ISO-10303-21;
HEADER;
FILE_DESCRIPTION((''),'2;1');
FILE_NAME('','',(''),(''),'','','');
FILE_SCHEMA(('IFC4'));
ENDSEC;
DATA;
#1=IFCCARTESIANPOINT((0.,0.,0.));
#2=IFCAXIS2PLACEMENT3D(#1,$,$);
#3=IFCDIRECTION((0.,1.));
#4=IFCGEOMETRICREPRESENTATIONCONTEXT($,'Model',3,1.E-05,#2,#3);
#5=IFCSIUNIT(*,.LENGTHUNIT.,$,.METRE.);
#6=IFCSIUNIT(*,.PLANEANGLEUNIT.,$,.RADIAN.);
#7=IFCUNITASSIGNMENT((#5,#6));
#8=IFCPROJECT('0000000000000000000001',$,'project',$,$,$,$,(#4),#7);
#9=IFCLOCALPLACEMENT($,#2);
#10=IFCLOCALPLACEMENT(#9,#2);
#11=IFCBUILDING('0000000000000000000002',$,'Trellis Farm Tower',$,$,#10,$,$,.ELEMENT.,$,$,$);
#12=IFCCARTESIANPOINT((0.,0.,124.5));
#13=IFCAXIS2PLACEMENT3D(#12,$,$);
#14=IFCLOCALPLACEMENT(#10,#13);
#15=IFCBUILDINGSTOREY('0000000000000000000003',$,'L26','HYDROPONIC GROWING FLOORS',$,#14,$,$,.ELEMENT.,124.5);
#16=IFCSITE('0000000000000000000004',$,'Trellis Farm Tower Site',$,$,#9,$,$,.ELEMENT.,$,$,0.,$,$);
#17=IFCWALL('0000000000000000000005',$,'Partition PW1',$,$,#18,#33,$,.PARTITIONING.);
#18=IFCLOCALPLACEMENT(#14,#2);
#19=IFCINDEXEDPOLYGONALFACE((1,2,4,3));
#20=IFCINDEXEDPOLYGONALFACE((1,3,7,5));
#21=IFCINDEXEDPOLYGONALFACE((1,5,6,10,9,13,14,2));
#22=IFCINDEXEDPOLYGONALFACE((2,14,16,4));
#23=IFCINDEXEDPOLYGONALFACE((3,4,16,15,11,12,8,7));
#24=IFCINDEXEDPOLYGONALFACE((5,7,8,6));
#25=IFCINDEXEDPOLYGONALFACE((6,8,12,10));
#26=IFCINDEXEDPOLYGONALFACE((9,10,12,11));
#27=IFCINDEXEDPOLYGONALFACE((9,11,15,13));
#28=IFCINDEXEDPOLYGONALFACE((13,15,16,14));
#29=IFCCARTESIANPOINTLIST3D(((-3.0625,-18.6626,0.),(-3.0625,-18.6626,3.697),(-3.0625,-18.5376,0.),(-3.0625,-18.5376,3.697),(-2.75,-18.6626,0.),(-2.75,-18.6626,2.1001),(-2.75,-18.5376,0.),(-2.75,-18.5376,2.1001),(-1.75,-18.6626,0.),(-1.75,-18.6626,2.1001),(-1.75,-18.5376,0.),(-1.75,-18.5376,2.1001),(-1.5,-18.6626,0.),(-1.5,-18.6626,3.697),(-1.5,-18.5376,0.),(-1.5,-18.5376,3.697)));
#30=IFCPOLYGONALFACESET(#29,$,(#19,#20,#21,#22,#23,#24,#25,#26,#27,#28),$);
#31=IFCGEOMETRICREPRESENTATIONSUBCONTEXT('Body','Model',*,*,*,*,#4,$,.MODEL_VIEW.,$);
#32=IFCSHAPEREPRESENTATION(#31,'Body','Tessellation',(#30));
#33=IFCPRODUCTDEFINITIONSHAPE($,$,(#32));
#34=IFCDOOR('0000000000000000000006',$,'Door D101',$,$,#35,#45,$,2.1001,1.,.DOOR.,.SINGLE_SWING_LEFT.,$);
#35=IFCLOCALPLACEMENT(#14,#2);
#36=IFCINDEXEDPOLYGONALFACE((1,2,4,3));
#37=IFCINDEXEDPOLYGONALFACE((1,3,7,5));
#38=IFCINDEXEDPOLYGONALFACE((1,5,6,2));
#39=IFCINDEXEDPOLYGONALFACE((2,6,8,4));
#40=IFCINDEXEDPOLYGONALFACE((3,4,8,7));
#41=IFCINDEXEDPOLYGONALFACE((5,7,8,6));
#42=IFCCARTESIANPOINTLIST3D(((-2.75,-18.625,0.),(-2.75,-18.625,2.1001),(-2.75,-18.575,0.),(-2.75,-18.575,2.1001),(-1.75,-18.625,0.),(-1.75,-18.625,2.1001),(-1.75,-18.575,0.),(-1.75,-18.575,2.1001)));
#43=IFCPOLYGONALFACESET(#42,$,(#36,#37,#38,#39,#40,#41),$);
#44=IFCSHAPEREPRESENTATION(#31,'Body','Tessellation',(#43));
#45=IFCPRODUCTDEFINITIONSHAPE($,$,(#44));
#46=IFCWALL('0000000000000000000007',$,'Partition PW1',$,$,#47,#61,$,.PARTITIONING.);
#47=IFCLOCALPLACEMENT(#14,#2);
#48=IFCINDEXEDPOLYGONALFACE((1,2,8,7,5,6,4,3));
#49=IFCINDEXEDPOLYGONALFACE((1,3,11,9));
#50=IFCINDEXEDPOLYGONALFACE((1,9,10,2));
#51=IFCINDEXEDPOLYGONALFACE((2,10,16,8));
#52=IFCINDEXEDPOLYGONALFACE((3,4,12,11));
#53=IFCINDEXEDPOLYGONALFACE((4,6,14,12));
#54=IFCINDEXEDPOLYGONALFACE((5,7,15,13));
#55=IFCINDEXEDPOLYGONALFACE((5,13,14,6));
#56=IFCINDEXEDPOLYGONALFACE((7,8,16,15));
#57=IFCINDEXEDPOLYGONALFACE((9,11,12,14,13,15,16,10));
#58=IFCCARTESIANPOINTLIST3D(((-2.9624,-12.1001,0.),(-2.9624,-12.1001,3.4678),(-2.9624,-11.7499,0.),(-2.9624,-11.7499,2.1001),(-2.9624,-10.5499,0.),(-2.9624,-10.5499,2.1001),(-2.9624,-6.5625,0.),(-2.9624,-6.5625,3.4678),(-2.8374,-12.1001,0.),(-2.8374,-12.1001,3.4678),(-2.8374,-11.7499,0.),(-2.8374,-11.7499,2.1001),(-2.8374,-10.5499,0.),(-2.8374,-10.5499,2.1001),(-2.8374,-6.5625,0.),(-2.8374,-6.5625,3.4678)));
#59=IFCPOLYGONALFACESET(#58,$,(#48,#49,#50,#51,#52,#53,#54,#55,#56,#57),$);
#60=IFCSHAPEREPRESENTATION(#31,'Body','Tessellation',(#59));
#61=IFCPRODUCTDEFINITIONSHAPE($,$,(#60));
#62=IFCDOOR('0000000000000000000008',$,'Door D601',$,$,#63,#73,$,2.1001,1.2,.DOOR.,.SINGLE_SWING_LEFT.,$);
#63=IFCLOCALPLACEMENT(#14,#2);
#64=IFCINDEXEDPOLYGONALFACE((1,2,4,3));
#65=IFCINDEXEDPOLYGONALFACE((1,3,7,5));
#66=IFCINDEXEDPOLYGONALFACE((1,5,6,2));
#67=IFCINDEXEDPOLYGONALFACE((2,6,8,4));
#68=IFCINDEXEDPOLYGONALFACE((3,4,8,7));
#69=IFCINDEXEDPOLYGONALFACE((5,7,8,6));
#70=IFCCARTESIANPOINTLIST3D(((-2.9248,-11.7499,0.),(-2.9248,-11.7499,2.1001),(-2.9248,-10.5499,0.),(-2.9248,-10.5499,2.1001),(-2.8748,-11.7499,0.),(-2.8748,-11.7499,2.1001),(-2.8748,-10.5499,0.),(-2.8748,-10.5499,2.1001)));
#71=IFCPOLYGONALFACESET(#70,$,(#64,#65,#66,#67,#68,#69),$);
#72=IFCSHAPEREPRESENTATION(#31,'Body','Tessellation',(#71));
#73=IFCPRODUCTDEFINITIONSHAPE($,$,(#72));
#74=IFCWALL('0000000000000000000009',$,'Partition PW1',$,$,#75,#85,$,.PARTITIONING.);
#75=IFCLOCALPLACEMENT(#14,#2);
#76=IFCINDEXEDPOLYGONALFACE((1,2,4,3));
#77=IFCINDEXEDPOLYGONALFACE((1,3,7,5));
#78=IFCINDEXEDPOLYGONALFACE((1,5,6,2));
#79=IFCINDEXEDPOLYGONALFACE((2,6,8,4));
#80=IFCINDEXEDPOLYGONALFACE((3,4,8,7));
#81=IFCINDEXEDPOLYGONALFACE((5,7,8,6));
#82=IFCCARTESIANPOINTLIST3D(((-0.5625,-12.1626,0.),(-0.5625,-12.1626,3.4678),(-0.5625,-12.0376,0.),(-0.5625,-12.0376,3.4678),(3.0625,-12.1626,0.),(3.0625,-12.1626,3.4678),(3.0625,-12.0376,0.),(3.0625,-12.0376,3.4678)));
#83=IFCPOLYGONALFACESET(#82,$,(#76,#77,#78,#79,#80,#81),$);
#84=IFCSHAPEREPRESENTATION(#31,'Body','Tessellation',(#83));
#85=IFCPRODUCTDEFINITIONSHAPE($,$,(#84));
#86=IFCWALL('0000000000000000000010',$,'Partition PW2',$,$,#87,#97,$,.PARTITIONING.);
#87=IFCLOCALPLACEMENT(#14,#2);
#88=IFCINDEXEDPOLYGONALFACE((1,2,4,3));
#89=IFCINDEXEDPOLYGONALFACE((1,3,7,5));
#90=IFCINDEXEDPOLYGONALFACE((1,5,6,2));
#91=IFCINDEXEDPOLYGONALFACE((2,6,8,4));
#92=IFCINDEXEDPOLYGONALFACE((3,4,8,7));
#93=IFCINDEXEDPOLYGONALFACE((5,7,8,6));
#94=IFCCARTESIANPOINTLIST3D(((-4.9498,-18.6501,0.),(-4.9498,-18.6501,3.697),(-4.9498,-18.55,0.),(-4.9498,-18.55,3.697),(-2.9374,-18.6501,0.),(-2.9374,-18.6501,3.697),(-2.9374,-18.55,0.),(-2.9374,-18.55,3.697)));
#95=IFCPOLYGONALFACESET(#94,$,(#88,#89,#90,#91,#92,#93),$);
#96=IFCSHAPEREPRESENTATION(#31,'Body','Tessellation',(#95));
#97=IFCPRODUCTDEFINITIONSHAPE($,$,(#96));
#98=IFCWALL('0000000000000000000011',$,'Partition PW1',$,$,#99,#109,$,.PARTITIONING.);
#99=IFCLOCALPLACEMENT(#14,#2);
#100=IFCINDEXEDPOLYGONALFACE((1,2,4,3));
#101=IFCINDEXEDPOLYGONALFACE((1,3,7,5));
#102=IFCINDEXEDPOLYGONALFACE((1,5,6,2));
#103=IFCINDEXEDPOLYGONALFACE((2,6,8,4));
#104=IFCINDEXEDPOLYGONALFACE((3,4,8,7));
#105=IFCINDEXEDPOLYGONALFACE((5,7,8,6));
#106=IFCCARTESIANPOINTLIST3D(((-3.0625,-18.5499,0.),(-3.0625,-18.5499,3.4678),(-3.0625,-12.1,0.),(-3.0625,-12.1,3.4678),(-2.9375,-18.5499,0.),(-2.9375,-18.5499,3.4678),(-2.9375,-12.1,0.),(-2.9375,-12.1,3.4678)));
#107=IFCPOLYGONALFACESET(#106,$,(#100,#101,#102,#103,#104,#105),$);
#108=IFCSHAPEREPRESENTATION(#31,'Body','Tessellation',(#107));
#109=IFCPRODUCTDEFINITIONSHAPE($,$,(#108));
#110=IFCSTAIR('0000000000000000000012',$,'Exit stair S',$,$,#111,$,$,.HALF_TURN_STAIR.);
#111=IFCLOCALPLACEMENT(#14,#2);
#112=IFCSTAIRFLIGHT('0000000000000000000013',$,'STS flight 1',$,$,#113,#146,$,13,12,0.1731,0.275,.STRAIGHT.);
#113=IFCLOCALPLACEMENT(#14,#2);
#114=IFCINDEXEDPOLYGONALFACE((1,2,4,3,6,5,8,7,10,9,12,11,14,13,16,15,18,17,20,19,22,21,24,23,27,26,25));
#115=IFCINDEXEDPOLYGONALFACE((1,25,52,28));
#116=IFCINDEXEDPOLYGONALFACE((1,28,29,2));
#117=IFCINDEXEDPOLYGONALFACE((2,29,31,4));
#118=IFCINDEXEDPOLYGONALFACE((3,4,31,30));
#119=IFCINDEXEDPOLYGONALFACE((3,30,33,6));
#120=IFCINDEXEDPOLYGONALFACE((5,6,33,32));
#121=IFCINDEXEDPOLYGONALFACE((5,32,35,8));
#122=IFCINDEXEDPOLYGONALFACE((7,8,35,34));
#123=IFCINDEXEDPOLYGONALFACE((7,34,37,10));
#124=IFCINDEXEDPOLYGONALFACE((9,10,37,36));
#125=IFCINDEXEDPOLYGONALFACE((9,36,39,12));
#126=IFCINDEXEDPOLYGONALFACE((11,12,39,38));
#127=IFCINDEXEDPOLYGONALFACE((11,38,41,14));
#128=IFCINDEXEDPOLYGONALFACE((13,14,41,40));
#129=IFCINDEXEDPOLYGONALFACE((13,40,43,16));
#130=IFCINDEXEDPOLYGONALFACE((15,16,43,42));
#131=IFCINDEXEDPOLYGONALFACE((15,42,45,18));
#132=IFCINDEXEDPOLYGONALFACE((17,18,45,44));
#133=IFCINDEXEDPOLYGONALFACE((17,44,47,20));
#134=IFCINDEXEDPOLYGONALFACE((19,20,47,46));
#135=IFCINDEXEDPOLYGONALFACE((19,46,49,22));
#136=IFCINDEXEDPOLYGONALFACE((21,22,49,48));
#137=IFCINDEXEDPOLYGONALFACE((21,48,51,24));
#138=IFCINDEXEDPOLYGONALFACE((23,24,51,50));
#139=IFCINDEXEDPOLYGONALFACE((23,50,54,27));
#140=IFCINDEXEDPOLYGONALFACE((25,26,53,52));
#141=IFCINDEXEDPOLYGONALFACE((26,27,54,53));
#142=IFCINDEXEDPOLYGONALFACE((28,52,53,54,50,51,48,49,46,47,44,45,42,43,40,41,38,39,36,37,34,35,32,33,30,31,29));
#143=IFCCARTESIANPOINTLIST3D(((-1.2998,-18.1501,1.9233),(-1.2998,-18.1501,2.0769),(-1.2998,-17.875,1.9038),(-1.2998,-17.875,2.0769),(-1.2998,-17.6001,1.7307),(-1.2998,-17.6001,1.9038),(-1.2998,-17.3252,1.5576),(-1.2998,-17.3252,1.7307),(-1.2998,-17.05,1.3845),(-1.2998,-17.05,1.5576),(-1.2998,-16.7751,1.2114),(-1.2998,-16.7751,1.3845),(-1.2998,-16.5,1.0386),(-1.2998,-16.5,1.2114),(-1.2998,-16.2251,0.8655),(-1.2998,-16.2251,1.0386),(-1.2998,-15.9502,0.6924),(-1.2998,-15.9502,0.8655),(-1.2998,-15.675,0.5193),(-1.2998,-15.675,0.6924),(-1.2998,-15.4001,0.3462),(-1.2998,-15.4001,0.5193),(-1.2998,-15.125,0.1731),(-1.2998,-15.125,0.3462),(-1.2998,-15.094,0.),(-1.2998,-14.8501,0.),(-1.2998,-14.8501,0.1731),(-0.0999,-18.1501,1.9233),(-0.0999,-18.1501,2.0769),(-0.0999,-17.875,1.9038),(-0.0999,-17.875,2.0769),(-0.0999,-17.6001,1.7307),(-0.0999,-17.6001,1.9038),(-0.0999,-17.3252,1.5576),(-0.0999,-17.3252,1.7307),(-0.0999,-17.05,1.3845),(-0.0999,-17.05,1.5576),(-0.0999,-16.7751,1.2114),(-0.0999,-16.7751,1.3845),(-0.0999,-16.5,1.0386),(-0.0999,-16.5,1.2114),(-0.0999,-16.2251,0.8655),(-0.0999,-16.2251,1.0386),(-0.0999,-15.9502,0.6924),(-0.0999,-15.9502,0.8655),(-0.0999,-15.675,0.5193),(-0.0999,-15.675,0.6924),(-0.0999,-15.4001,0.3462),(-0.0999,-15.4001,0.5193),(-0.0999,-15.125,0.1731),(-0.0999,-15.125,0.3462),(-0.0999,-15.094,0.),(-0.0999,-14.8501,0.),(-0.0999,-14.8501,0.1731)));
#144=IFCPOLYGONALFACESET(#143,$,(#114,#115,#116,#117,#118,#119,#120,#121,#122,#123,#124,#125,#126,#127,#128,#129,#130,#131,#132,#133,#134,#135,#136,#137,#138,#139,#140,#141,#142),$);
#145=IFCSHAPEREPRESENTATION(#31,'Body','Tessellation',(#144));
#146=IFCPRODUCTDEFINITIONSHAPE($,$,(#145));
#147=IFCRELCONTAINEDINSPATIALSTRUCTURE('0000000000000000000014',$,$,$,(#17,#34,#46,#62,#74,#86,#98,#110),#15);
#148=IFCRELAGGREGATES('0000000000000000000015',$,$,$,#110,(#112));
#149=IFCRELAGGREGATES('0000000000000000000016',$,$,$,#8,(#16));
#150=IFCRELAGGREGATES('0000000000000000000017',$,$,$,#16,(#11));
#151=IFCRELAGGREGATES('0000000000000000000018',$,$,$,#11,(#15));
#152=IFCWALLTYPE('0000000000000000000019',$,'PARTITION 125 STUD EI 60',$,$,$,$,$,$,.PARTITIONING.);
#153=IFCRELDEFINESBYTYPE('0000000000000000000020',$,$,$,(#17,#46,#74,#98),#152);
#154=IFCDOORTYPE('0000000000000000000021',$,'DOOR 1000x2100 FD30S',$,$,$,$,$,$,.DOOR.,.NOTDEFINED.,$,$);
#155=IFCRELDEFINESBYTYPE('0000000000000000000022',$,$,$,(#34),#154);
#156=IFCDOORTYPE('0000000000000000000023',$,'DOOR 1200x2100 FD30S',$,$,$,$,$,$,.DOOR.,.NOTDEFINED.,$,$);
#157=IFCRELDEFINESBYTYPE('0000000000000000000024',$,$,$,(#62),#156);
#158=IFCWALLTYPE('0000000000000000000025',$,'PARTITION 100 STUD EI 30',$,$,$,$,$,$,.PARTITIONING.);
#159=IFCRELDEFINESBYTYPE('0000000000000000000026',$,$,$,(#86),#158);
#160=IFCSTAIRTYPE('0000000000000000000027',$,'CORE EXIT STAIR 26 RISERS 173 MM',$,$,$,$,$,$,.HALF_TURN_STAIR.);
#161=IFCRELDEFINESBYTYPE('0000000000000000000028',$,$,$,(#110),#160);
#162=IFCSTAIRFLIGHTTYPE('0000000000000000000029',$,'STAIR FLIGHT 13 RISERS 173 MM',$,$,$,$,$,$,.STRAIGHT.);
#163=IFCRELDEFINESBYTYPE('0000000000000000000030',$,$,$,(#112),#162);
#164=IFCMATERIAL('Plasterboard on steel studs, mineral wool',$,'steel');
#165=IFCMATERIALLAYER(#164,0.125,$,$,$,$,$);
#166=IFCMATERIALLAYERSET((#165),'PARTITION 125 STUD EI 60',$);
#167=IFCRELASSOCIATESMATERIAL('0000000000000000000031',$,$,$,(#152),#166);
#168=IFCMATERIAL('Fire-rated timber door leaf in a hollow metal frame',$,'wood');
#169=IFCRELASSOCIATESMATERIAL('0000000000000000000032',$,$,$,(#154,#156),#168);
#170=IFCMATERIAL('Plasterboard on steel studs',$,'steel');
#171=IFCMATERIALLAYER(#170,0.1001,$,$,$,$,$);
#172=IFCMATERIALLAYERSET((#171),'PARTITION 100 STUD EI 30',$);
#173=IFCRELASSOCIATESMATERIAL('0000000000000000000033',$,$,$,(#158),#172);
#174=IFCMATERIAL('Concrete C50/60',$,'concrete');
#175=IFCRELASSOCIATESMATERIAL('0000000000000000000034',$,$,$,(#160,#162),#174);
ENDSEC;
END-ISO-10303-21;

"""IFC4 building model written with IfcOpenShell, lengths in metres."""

from ifc_helpers import new_model, si_unit, direction, frame, frame_2d, origin, place, context, subcontext, project, spatial, polyline, rectangle, outline, extrude, source, transform, mapped, material, layer, layer_set, type_object, element, fill, aggregate, save


model = new_model("IFC4")

# Units and contexts
model_context = context("Model", 3, precision=1e-05, world=origin(), true_north=direction((0.0, 1.0)))
body_context = subcontext(model_context, "Body", "Model", "MODEL_VIEW")
ifc_project = project(units=[si_unit("LENGTHUNIT", "METRE"), si_unit("PLANEANGLEUNIT", "RADIAN")], contexts=[model_context])

# Site, building, storey
site_placement = place(None, origin())
site = spatial("IfcSite", under=ifc_project, at=site_placement, Name="Trellis Farm Tower Site", CompositionType="ELEMENT", RefElevation=0.0)
building_placement = place(site_placement, origin())
building = spatial("IfcBuilding", under=site, at=building_placement, Name="Trellis Farm Tower", CompositionType="ELEMENT")
storey_placement = place(building_placement, frame((0.0, 0.0, 124.5)))
storey = spatial("IfcBuildingStorey", under=building, at=storey_placement, Name="L26", Description="HYDROPONIC GROWING FLOORS", CompositionType="ELEMENT", Elevation=124.5)

# Shared definitions
placement = place(storey_placement, origin())

# Walls, openings, doors
ifc_material_1 = material(Name="Plasterboard on steel studs, mineral wool", Category="steel")
ifc_layer_1 = layer(ifc_material_1, 0.125)
ifc_layer_set_1 = layer_set([ifc_layer_1], Name="PARTITION 125 STUD EI 60")
wall_type_1 = type_object("IfcWallType", Name="PARTITION 125 STUD EI 60", PredefinedType="PARTITIONING", material=ifc_layer_set_1)
ifc_material_2 = material(Name="Fire-rated timber door leaf in a hollow metal frame", Category="wood")
shared_shape_1 = source(origin(), body_context, "Body", "SweptSolid", [
    extrude(rectangle(XDim=1.5625, YDim=0.125, at=frame_2d((0.7812, 0.0))), origin(), (0.0, 0.0, 1.0), 3.697),
])
wall_1_placement = place(storey_placement, frame((-1.5, -18.6001, 0.0), z_axis=(0.0, 0.0, 1.0), x_axis=(-1.0, 0.0, 0.0)))
wall_1 = element("IfcWall", 1, at=wall_1_placement, inside=storey, type_object=wall_type_1, Name="Partition PW1", PredefinedType="PARTITIONING", context=body_context, shape_type="MappedRepresentation", body=[
    mapped(shared_shape_1, transform((0.0, 0.0, 0.0))),
])
shared_shape_2 = source(origin(), body_context, "Body", "SweptSolid", [
    extrude(rectangle(XDim=1.0, YDim=2.1001, at=frame_2d((0.5, 1.05))), frame((0.0, 0.0725, 0.0), z_axis=(0.0, -1.0, 0.0), x_axis=(1.0, 0.0, 0.0)), (0.0, 0.0, 1.0), 0.145),
])
opening_1_placement = place(wall_1_placement, frame((0.25, 0.0, 0.0)))
opening_1 = element("IfcOpeningElement", 2, at=opening_1_placement, cuts=wall_1, PredefinedType="OPENING", context=body_context, shape_type="MappedRepresentation", body=[
    mapped(shared_shape_2, transform((0.0, 0.0, 0.0))),
])
door_type_1 = type_object("IfcDoorType", Name="DOOR 1000x2100 FD30S", OperationType="NOTDEFINED", PredefinedType="DOOR", material=ifc_material_2)
shared_shape_3 = source(origin(), body_context, "Body", "SweptSolid", [
    extrude(rectangle(XDim=1.0, YDim=2.1001, at=frame_2d((0.5, 1.05))), frame((0.0, 0.0249, 0.0), z_axis=(0.0, -1.0, 0.0), x_axis=(1.0, 0.0, 0.0)), (0.0, 0.0, 1.0), 0.05),
])
door_1_placement = place(opening_1_placement, origin())
door_1 = element("IfcDoor", 3, at=door_1_placement, inside=storey, type_object=door_type_1, Name="Door D101", OperationType="SINGLE_SWING_LEFT", OverallHeight=2.1001, OverallWidth=1.0, PredefinedType="DOOR", context=body_context, shape_type="MappedRepresentation", body=[
    mapped(shared_shape_3, transform((0.0, 0.0, 0.0))),
])
fill(opening_1, door_1)
shared_shape_4 = source(origin(), body_context, "Body", "SweptSolid", [
    extrude(rectangle(XDim=5.5376, YDim=0.125, at=frame_2d((2.7688, 0.0))), origin(), (0.0, 0.0, 1.0), 3.4678),
])
wall_2_placement = place(storey_placement, frame((-2.8999, -12.1001, 0.0), z_axis=(0.0, 0.0, 1.0), x_axis=(0.0, 1.0, 0.0)))
wall_2 = element("IfcWall", 4, at=wall_2_placement, inside=storey, type_object=wall_type_1, Name="Partition PW1", PredefinedType="PARTITIONING", context=body_context, shape_type="MappedRepresentation", body=[
    mapped(shared_shape_4, transform((0.0, 0.0, 0.0))),
])
shared_shape_5 = source(origin(), body_context, "Body", "SweptSolid", [
    extrude(rectangle(XDim=1.2, YDim=2.1001, at=frame_2d((0.6001, 1.05))), frame((0.0, 0.0725, 0.0), z_axis=(0.0, -1.0, 0.0), x_axis=(1.0, 0.0, 0.0)), (0.0, 0.0, 1.0), 0.145),
])
opening_2_placement = place(wall_2_placement, frame((0.3501, 0.0, 0.0)))
opening_2 = element("IfcOpeningElement", 5, at=opening_2_placement, cuts=wall_2, PredefinedType="OPENING", context=body_context, shape_type="MappedRepresentation", body=[
    mapped(shared_shape_5, transform((0.0, 0.0, 0.0))),
])
door_type_2 = type_object("IfcDoorType", Name="DOOR 1200x2100 FD30S", OperationType="NOTDEFINED", PredefinedType="DOOR", material=ifc_material_2)
shared_shape_6 = source(origin(), body_context, "Body", "SweptSolid", [
    extrude(rectangle(XDim=1.2, YDim=2.1001, at=frame_2d((0.6001, 1.05))), frame((0.0, 0.0249, 0.0), z_axis=(0.0, -1.0, 0.0), x_axis=(1.0, 0.0, 0.0)), (0.0, 0.0, 1.0), 0.05),
])
door_2_placement = place(opening_2_placement, origin())
door_2 = element("IfcDoor", 6, at=door_2_placement, inside=storey, type_object=door_type_2, Name="Door D601", OperationType="SINGLE_SWING_LEFT", OverallHeight=2.1001, OverallWidth=1.2, PredefinedType="DOOR", context=body_context, shape_type="MappedRepresentation", body=[
    mapped(shared_shape_6, transform((0.0, 0.0, 0.0))),
])
fill(opening_2, door_2)

# Walls
shared_shape_7 = source(origin(), body_context, "Body", "SweptSolid", [
    extrude(rectangle(XDim=3.625, YDim=0.125, at=frame_2d((1.8125, 0.0))), origin(), (0.0, 0.0, 1.0), 3.4678),
])
wall_3_placement = place(storey_placement, frame((-0.5625, -12.1001, 0.0), z_axis=(0.0, 0.0, 1.0), x_axis=(1.0, 0.0, 0.0)))
element("IfcWall", 7, at=wall_3_placement, inside=storey, type_object=wall_type_1, Name="Partition PW1", PredefinedType="PARTITIONING", context=body_context, shape_type="MappedRepresentation", body=[
    mapped(shared_shape_7, transform((0.0, 0.0, 0.0))),
])
ifc_material_3 = material(Name="Plasterboard on steel studs", Category="steel")
ifc_layer_2 = layer(ifc_material_3, 0.1001)
ifc_layer_set_2 = layer_set([ifc_layer_2], Name="PARTITION 100 STUD EI 30")
wall_type_2 = type_object("IfcWallType", Name="PARTITION 100 STUD EI 30", PredefinedType="PARTITIONING", material=ifc_layer_set_2)
shared_shape_8 = source(origin(), body_context, "Body", "SweptSolid", [
    extrude(rectangle(XDim=2.0125, YDim=0.1001, at=frame_2d((1.0063, 0.0))), origin(), (0.0, 0.0, 1.0), 3.697),
])
wall_4_placement = place(storey_placement, frame((-4.95, -18.6001, 0.0), z_axis=(0.0, 0.0, 1.0), x_axis=(1.0, 0.0, 0.0)))
element("IfcWall", 8, at=wall_4_placement, inside=storey, type_object=wall_type_2, Name="Partition PW2", PredefinedType="PARTITIONING", context=body_context, shape_type="MappedRepresentation", body=[
    mapped(shared_shape_8, transform((0.0, 0.0, 0.0))),
])
shared_shape_9 = source(origin(), body_context, "Body", "SweptSolid", [
    extrude(rectangle(XDim=6.45, YDim=0.125, at=frame_2d((3.2251, 0.0))), origin(), (0.0, 0.0, 1.0), 3.4678),
])
wall_5_placement = place(storey_placement, frame((-3.0, -18.55, 0.0), z_axis=(0.0, 0.0, 1.0), x_axis=(0.0, 1.0, 0.0)))
element("IfcWall", 9, at=wall_5_placement, inside=storey, type_object=wall_type_1, Name="Partition PW1", PredefinedType="PARTITIONING", context=body_context, shape_type="MappedRepresentation", body=[
    mapped(shared_shape_9, transform((0.0, 0.0, 0.0))),
])

# Stair, stair flight
ifc_material_4 = material(Name="Concrete C50/60", Category="concrete")
stair_type = type_object("IfcStairType", Name="CORE EXIT STAIR 26 RISERS 173 MM", PredefinedType="HALF_TURN_STAIR", material=ifc_material_4)
stair = element("IfcStair", 10, at=placement, inside=storey, type_object=stair_type, Name="Exit stair S", PredefinedType="HALF_TURN_STAIR")
stair_flight_type = type_object("IfcStairFlightType", Name="STAIR FLIGHT 13 RISERS 173 MM", PredefinedType="STRAIGHT", material=ifc_material_4)
shared_shape_10 = source(origin(), body_context, "Body", "SweptSolid", [
    extrude(outline(polyline([(0.0, 0.0), (0.0, 0.1731), (0.2749, 0.1731), (0.2749, 0.3462), (0.55, 0.3462), (0.55, 0.5193), (0.825, 0.5193), (0.825, 0.6924), (1.1001, 0.6924), (1.1001, 0.8655), (1.375, 0.8655), (1.375, 1.0386), (1.6499, 1.0386), (1.6499, 1.2114), (1.925, 1.2114), (1.925, 1.3845), (2.2, 1.3845), (2.2, 1.5576), (2.4751, 1.5576), (2.4751, 1.7307), (2.75, 1.7307), (2.75, 1.9038), (3.0249, 1.9038), (3.0249, 2.0769), (3.3, 2.0769), (3.3, 2.25), (3.3, 1.9233), (0.2439, 0.0), (0.0, 0.0)])), frame((0.0, 0.6001, 0.0), z_axis=(0.0, -1.0, 0.0), x_axis=(1.0, 0.0, 0.0)), (0.0, 0.0, 1.0), 1.2),
])
stair_flight_placement = place(storey_placement, frame((-0.7, -14.8501, 0.0), z_axis=(0.0, 0.0, 1.0), x_axis=(0.0, -1.0, 0.0)))
stair_flight = element("IfcStairFlight", 11, at=stair_flight_placement, type_object=stair_flight_type, Name="STS flight 1", NumberOfRisers=13, NumberOfTreads=12, PredefinedType="STRAIGHT", RiserHeight=0.1731, TreadLength=0.275, context=body_context, shape_type="MappedRepresentation", body=[
    mapped(shared_shape_10, transform((0.0, 0.0, 0.0))),
])
aggregate(stair, [stair_flight])

save(model, "model.ifc")
